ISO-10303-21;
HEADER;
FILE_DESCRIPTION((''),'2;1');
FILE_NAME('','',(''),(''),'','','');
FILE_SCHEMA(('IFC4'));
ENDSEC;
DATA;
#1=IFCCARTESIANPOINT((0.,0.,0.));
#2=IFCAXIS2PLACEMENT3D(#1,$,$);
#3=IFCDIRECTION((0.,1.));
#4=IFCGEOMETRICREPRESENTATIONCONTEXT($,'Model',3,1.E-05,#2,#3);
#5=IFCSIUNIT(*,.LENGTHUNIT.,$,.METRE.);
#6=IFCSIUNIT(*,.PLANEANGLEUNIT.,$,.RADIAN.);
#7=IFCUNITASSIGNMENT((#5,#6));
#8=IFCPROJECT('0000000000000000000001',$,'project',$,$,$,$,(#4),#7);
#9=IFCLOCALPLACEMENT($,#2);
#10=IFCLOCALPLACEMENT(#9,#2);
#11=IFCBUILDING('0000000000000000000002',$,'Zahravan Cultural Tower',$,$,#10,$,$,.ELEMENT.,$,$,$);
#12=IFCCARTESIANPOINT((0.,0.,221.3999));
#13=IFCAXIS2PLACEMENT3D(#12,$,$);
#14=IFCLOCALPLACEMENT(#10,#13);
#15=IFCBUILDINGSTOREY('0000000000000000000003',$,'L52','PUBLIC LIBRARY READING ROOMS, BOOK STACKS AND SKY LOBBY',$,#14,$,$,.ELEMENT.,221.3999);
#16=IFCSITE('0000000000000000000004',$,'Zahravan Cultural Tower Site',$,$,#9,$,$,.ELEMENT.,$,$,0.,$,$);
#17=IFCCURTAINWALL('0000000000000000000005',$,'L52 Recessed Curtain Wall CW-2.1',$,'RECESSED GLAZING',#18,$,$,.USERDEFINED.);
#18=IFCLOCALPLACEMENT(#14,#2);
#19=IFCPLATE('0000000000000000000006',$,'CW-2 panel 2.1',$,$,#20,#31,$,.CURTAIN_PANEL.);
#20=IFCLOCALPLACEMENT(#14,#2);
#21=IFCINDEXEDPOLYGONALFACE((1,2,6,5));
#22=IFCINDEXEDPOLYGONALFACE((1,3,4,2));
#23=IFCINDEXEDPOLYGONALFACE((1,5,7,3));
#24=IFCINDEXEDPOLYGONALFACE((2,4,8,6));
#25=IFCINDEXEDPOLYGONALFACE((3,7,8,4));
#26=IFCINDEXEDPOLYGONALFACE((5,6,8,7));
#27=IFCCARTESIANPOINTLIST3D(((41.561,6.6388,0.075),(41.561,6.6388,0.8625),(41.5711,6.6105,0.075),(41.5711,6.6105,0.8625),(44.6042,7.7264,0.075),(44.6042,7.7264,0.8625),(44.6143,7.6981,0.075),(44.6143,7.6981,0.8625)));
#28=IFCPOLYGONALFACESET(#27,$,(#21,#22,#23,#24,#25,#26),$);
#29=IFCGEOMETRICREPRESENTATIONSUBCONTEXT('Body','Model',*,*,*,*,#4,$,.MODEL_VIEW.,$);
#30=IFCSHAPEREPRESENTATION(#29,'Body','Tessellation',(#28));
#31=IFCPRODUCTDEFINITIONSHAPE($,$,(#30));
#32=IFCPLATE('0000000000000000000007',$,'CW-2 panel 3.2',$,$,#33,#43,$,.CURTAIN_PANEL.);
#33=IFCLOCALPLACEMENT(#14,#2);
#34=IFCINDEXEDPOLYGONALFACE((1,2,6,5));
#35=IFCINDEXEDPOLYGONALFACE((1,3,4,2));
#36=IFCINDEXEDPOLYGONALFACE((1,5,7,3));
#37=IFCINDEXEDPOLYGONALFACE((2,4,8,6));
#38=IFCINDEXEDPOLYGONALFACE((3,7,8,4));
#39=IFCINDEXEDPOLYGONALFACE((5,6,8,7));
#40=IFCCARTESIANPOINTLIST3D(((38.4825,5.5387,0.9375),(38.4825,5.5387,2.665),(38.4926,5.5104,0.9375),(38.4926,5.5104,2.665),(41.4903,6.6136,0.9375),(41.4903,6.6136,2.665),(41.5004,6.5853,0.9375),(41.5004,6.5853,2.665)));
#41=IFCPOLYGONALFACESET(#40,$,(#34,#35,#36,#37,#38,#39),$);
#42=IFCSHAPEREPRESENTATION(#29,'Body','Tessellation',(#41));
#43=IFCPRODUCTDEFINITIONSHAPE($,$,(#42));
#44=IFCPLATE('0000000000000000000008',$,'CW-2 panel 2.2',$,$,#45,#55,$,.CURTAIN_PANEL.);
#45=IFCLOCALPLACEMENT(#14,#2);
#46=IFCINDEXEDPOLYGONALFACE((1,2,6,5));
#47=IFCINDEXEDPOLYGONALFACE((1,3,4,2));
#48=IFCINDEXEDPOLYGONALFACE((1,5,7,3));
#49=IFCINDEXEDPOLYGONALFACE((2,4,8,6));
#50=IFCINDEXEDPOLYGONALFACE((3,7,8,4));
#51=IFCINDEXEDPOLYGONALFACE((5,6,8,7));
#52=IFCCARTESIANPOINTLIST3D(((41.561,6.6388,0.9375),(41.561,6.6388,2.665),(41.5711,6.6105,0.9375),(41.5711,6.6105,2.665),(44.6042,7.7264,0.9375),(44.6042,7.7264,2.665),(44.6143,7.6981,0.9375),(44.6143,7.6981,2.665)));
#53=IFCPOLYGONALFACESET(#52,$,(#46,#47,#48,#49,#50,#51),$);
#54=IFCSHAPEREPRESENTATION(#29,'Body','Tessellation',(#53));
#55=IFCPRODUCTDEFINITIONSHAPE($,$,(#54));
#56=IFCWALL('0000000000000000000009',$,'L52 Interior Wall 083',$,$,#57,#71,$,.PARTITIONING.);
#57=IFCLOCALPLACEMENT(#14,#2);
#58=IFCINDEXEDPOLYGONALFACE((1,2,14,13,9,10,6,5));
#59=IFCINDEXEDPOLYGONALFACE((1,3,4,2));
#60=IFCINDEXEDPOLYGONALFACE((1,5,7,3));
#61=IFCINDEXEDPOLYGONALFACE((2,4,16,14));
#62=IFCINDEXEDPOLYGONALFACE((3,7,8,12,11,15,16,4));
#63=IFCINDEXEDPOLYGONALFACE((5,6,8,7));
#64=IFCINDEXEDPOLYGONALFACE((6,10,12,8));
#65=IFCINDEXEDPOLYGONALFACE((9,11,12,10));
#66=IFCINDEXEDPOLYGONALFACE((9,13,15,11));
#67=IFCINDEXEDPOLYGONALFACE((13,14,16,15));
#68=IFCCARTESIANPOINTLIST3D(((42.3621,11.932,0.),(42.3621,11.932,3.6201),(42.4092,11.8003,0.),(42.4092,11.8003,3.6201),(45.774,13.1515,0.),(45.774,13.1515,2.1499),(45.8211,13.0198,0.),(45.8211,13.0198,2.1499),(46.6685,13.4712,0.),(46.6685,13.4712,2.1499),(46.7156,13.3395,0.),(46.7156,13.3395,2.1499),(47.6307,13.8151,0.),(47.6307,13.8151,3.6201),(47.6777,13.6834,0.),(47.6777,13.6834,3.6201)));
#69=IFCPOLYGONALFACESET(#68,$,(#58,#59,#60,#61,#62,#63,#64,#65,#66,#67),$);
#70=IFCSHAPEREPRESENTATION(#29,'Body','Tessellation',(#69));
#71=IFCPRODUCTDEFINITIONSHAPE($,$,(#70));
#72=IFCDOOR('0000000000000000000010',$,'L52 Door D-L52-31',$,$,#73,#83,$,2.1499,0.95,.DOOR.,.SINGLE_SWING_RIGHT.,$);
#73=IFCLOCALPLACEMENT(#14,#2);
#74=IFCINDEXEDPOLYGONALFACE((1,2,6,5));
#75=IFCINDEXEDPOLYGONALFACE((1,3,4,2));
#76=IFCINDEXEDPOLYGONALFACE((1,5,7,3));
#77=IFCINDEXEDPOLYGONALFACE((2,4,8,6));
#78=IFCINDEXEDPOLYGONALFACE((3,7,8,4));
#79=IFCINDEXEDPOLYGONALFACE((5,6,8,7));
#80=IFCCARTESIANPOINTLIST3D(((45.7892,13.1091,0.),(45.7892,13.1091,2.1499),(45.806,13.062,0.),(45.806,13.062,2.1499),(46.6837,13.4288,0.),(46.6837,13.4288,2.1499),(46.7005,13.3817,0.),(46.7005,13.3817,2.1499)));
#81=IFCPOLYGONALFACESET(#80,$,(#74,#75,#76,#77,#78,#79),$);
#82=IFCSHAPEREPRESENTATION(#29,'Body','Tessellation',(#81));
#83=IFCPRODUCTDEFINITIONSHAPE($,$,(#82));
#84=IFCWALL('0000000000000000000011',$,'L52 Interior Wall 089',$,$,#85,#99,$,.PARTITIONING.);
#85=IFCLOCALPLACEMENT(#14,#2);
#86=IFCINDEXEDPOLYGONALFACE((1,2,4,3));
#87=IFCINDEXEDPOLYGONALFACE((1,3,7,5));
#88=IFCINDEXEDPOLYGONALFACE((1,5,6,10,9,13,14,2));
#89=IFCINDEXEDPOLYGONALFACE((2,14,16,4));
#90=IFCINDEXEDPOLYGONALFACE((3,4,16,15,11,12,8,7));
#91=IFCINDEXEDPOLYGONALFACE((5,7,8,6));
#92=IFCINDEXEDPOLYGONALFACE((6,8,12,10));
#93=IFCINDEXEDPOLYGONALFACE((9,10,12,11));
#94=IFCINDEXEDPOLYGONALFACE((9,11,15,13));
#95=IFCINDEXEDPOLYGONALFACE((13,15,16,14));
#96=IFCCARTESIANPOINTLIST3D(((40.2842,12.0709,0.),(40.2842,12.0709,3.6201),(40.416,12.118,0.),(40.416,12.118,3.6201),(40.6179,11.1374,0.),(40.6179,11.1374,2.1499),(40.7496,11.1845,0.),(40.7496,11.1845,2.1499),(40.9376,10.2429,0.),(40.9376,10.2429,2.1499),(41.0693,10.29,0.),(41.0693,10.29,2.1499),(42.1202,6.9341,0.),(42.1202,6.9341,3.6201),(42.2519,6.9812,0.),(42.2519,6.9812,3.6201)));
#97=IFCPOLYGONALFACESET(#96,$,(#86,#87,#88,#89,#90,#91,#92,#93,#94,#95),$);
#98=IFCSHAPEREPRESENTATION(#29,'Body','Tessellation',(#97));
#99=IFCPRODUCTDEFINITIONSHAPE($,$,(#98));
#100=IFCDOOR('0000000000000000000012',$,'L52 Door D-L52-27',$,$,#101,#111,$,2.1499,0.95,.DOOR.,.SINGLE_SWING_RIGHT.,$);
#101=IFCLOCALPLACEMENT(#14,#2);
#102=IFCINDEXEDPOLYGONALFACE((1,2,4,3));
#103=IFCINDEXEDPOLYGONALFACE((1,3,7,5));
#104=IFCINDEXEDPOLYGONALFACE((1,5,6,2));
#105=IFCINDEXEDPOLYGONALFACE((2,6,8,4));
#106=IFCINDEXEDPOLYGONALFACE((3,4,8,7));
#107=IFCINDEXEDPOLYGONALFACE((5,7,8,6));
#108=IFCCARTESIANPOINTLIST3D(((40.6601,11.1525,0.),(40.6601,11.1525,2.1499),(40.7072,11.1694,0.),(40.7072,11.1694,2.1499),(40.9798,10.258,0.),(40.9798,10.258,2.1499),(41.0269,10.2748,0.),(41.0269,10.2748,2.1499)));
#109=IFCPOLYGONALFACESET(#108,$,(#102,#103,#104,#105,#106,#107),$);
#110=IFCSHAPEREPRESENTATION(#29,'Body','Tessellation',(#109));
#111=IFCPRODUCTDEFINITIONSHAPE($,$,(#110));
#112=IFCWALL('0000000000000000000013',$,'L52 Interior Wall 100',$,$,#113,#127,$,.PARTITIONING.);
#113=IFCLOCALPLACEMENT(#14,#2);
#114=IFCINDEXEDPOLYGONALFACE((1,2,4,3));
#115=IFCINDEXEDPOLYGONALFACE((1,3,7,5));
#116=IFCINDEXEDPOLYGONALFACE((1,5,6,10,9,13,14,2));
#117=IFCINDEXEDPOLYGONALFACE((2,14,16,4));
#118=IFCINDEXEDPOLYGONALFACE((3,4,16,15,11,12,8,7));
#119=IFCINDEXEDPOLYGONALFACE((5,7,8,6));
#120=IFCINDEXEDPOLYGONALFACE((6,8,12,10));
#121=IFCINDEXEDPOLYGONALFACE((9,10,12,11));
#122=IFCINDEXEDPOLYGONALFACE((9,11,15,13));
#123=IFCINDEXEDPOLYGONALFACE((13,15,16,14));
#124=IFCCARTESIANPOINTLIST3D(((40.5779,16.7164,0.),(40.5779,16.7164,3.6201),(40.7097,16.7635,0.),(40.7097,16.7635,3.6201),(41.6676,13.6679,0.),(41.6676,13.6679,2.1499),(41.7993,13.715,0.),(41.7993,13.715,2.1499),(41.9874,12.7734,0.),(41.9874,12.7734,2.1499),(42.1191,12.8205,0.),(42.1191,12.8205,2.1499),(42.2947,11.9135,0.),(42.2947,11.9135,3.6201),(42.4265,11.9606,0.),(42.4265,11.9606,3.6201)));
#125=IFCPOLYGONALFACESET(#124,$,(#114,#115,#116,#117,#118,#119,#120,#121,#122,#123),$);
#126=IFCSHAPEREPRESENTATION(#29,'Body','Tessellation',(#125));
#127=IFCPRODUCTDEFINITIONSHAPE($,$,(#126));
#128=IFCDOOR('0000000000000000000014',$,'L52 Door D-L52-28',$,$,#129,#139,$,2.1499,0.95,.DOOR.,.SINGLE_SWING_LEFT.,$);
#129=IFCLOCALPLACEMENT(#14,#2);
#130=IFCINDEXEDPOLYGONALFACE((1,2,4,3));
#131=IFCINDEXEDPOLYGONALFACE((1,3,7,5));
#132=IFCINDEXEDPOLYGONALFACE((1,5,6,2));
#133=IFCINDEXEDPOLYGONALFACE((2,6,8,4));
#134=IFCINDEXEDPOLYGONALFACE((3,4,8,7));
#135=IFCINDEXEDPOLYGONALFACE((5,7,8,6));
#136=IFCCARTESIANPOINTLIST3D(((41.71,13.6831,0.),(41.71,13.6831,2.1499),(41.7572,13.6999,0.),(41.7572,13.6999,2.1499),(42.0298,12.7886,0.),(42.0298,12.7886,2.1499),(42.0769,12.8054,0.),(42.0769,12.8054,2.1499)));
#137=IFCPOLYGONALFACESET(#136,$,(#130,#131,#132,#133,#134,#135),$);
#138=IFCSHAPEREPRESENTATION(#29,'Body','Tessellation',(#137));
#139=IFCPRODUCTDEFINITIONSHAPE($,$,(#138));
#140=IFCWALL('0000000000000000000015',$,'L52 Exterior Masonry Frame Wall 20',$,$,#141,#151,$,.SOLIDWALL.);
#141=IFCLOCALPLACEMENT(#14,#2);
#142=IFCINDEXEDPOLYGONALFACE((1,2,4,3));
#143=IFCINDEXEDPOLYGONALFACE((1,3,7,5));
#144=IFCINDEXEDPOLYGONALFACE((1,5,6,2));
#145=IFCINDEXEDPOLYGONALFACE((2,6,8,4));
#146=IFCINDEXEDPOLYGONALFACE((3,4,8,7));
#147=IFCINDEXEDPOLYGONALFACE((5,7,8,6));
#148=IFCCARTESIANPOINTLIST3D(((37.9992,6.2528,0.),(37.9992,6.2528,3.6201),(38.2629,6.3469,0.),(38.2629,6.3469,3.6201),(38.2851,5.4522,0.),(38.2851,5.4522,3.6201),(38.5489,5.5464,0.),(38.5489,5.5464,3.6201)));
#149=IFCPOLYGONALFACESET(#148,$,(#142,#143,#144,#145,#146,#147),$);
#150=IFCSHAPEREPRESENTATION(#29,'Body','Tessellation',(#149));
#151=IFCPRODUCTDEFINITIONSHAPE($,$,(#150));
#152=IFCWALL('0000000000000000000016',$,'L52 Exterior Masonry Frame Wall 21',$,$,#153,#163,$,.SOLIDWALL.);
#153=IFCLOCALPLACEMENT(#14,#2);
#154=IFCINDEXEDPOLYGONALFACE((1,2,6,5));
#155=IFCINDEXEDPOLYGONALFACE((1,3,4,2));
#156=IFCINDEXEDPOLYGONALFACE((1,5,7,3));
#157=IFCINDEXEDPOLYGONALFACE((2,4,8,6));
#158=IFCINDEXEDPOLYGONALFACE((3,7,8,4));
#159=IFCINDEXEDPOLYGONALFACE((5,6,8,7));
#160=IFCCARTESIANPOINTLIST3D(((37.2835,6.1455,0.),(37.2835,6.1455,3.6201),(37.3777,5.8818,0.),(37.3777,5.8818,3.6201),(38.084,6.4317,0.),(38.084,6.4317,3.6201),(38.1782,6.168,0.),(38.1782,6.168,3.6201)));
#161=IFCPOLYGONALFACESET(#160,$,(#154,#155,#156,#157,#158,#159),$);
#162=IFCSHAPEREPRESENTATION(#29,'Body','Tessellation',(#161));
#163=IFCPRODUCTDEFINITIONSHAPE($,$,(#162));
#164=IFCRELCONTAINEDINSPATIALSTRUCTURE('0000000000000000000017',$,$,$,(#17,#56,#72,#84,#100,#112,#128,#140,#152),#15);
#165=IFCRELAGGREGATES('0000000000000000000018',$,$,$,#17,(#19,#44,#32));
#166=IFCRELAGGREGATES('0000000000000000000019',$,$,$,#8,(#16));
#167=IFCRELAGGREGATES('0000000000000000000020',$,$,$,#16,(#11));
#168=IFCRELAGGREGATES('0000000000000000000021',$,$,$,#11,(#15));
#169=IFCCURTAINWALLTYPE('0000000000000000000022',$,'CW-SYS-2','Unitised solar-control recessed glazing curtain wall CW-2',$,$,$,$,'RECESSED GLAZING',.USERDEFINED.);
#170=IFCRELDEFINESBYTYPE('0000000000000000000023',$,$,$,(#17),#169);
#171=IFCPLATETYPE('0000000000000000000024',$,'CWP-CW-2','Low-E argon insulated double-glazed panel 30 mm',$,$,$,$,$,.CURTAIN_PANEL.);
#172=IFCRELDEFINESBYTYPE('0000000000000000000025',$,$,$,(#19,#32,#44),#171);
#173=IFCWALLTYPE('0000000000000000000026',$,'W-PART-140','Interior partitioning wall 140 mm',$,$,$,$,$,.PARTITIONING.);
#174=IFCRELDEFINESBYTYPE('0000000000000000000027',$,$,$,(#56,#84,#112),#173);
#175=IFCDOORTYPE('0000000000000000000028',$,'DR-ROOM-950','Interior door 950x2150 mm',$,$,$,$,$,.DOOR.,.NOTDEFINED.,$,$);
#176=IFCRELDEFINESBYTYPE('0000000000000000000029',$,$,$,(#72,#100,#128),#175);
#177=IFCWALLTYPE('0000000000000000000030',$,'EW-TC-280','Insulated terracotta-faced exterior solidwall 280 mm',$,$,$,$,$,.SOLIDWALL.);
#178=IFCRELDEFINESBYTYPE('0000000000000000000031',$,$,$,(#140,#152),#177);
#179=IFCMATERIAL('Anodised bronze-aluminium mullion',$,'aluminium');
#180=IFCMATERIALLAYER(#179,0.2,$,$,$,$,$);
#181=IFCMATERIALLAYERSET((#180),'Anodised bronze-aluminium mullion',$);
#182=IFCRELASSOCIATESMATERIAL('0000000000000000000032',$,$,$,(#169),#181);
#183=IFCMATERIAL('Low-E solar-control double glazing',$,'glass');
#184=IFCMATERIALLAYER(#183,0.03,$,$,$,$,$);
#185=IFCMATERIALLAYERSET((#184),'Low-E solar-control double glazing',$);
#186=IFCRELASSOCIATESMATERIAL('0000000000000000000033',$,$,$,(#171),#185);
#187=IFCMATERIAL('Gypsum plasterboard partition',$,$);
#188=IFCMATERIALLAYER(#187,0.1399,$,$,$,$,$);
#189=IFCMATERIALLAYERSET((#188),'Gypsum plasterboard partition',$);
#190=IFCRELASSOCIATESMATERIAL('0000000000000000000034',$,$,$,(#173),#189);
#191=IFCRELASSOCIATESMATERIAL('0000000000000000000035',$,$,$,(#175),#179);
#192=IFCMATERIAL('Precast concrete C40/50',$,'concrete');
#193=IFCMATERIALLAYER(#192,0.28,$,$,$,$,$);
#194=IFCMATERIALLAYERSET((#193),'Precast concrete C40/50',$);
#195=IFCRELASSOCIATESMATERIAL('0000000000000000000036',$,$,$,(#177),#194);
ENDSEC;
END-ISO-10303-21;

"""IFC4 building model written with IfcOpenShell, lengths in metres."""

from ifc_helpers import new_model, si_unit, direction, frame, frame_2d, origin, origin_2d, place, context, subcontext, project, spatial, rectangle, extrude, source, transform, mapped, material, layer, layer_set, type_object, element, fill, aggregate, save


model = new_model("IFC4")

# Units and contexts
model_context = context("Model", 3, precision=1e-05, world=origin(), true_north=direction((0.0, 1.0)))
body_context = subcontext(model_context, "Body", "Model", "MODEL_VIEW")
ifc_project = project(units=[si_unit("LENGTHUNIT", "METRE"), si_unit("PLANEANGLEUNIT", "RADIAN")], contexts=[model_context])

# Site, building, storey
site_placement = place(None, origin())
site = spatial("IfcSite", under=ifc_project, at=site_placement, Name="Zahravan Cultural Tower Site", CompositionType="ELEMENT", RefElevation=0.0)
building_placement = place(site_placement, origin())
building = spatial("IfcBuilding", under=site, at=building_placement, Name="Zahravan Cultural Tower", CompositionType="ELEMENT")
storey_placement = place(building_placement, frame((0.0, 0.0, 221.3999)))
storey = spatial("IfcBuildingStorey", under=building, at=storey_placement, Name="L52", Description="PUBLIC LIBRARY READING ROOMS, BOOK STACKS AND SKY LOBBY", CompositionType="ELEMENT", Elevation=221.3999)

# Curtain wall, plates
ifc_material_1 = material(Name="Anodised bronze-aluminium mullion", Category="aluminium")
ifc_layer_1 = layer(ifc_material_1, 0.2)
ifc_layer_set_1 = layer_set([ifc_layer_1], Name="Anodised bronze-aluminium mullion")
curtain_wall_type = type_object("IfcCurtainWallType", Name="CW-SYS-2", Description="Unitised solar-control recessed glazing curtain wall CW-2", ElementType="RECESSED GLAZING", PredefinedType="USERDEFINED", material=ifc_layer_set_1)
curtain_wall_placement = place(storey_placement, origin())
curtain_wall = element("IfcCurtainWall", 1, at=curtain_wall_placement, inside=storey, type_object=curtain_wall_type, Name="L52 Recessed Curtain Wall CW-2.1", ObjectType="RECESSED GLAZING", PredefinedType="USERDEFINED")
ifc_material_2 = material(Name="Low-E solar-control double glazing", Category="glass")
ifc_layer_2 = layer(ifc_material_2, 0.03)
ifc_layer_set_2 = layer_set([ifc_layer_2], Name="Low-E solar-control double glazing")
plate_type = type_object("IfcPlateType", Name="CWP-CW-2", Description="Low-E argon insulated double-glazed panel 30 mm", PredefinedType="CURTAIN_PANEL", material=ifc_layer_set_2)
shared_shape_1 = source(origin(), body_context, "Body", "SweptSolid", [
    extrude(rectangle(XDim=3.2317, YDim=0.03, at=origin_2d()), origin(), (0.0, 0.0, 1.0), 0.7876),
])
plate_1_placement = place(storey_placement, frame((43.0876, 7.1685, 0.075), z_axis=(0.0, 0.0, 1.0), x_axis=(-0.941669, -0.336541, 0.0)))
plate_1 = element("IfcPlate", 2, at=plate_1_placement, type_object=plate_type, Name="CW-2 panel 2.1", PredefinedType="CURTAIN_PANEL", context=body_context, shape_type="MappedRepresentation", body=[
    mapped(shared_shape_1, transform((0.0, 0.0, 0.0), x_axis=(1.0, 0.0, 0.0), y_axis=(0.0, 1.0, 0.0), z_axis=(0.0, 0.0, 1.0), scale=1.0)),
])
shared_shape_2 = source(origin(), body_context, "Body", "SweptSolid", [
    extrude(rectangle(XDim=3.1941, YDim=0.03, at=origin_2d()), origin(), (0.0, 0.0, 1.0), 1.7275),
])
plate_2_placement = place(storey_placement, frame((39.9915, 6.062, 0.9375), z_axis=(0.0, 0.0, 1.0), x_axis=(-0.941669, -0.336541, 0.0)))
plate_2 = element("IfcPlate", 3, at=plate_2_placement, type_object=plate_type, Name="CW-2 panel 3.2", PredefinedType="CURTAIN_PANEL", context=body_context, shape_type="MappedRepresentation", body=[
    mapped(shared_shape_2, transform((0.0, 0.0, 0.0), x_axis=(1.0, 0.0, 0.0), y_axis=(0.0, 1.0, 0.0), z_axis=(0.0, 0.0, 1.0), scale=1.0)),
])
shared_shape_3 = source(origin(), body_context, "Body", "SweptSolid", [
    extrude(rectangle(XDim=3.2317, YDim=0.03, at=origin_2d()), origin(), (0.0, 0.0, 1.0), 1.7275),
])
plate_3_placement = place(storey_placement, frame((43.0876, 7.1685, 0.9375), z_axis=(0.0, 0.0, 1.0), x_axis=(-0.941669, -0.336541, 0.0)))
plate_3 = element("IfcPlate", 4, at=plate_3_placement, type_object=plate_type, Name="CW-2 panel 2.2", PredefinedType="CURTAIN_PANEL", context=body_context, shape_type="MappedRepresentation", body=[
    mapped(shared_shape_3, transform((0.0, 0.0, 0.0), x_axis=(1.0, 0.0, 0.0), y_axis=(0.0, 1.0, 0.0), z_axis=(0.0, 0.0, 1.0), scale=1.0)),
])
aggregate(curtain_wall, [plate_1, plate_3, plate_2])

# Walls, openings, doors
ifc_material_3 = material(Name="Gypsum plasterboard partition")
ifc_layer_3 = layer(ifc_material_3, 0.1399)
ifc_layer_set_3 = layer_set([ifc_layer_3], Name="Gypsum plasterboard partition")
wall_type_1 = type_object("IfcWallType", Name="W-PART-140", Description="Interior partitioning wall 140 mm", PredefinedType="PARTITIONING", material=ifc_layer_set_3)
wall_1_placement = place(storey_placement, frame((42.3857, 11.8662, 0.0), z_axis=(0.0, 0.0, 1.0), x_axis=(0.941661, 0.336563, 0.0)))
wall_1 = element("IfcWall", 5, at=wall_1_placement, inside=storey, type_object=wall_type_1, Name="L52 Interior Wall 083", PredefinedType="PARTITIONING", context=body_context, shape_type="SweptSolid", body=[
    extrude(rectangle(XDim=5.595, YDim=0.1399, at=frame_2d((2.7974, 0.0))), origin(), (0.0, 0.0, 1.0), 3.6201),
])
opening_1_placement = place(wall_1_placement, frame((3.623, 0.0, 0.0)))
opening_1 = element("IfcOpeningElement", 6, at=opening_1_placement, cuts=wall_1, PredefinedType="OPENING", context=body_context, shape_type="SweptSolid", body=[
    extrude(rectangle(XDim=0.95, YDim=2.1499, at=frame_2d((0.4751, 1.075))), frame((0.0, 0.0798, 0.0), z_axis=(0.0, -1.0, 0.0), x_axis=(1.0, 0.0, 0.0)), (0.0, 0.0, 1.0), 0.1599),
])
door_type = type_object("IfcDoorType", Name="DR-ROOM-950", Description="Interior door 950x2150 mm", OperationType="NOTDEFINED", PredefinedType="DOOR", material=ifc_material_1)
shared_shape_4 = source(origin(), body_context, "Body", "SweptSolid", [
    extrude(rectangle(XDim=0.95, YDim=2.1499, at=frame_2d((0.4751, 1.075))), frame((0.0, 0.0249, 0.0), z_axis=(0.0, -1.0, 0.0), x_axis=(1.0, 0.0, 0.0)), (0.0, 0.0, 1.0), 0.05),
])
door_1_placement = place(opening_1_placement, origin())
door_1 = element("IfcDoor", 7, at=door_1_placement, inside=storey, type_object=door_type, Name="L52 Door D-L52-31", OperationType="SINGLE_SWING_RIGHT", OverallHeight=2.1499, OverallWidth=0.95, PredefinedType="DOOR", context=body_context, shape_type="MappedRepresentation", body=[
    mapped(shared_shape_4, transform((0.0, 0.0, 0.0), x_axis=(1.0, 0.0, 0.0), y_axis=(0.0, 1.0, 0.0), z_axis=(0.0, 0.0, 1.0), scale=1.0)),
])
fill(opening_1, door_1)
wall_2_placement = place(storey_placement, frame((40.3501, 12.0945, 0.0), z_axis=(0.0, 0.0, 1.0), x_axis=(0.336563, -0.941661, 0.0)))
wall_2 = element("IfcWall", 8, at=wall_2_placement, inside=storey, type_object=wall_type_1, Name="L52 Interior Wall 089", PredefinedType="PARTITIONING", context=body_context, shape_type="SweptSolid", body=[
    extrude(rectangle(XDim=5.4551, YDim=0.1399, at=frame_2d((2.7275, 0.0))), origin(), (0.0, 0.0, 1.0), 3.6201),
])
opening_2_placement = place(wall_2_placement, frame((0.9912, 0.0, 0.0)))
opening_2 = element("IfcOpeningElement", 9, at=opening_2_placement, cuts=wall_2, PredefinedType="OPENING", context=body_context, shape_type="SweptSolid", body=[
    extrude(rectangle(XDim=0.95, YDim=2.1499, at=frame_2d((0.4751, 1.075))), frame((0.0, 0.0798, 0.0), z_axis=(0.0, -1.0, 0.0), x_axis=(1.0, 0.0, 0.0)), (0.0, 0.0, 1.0), 0.1599),
])
door_2_placement = place(opening_2_placement, origin())
door_2 = element("IfcDoor", 10, at=door_2_placement, inside=storey, type_object=door_type, Name="L52 Door D-L52-27", OperationType="SINGLE_SWING_RIGHT", OverallHeight=2.1499, OverallWidth=0.95, PredefinedType="DOOR", context=body_context, shape_type="MappedRepresentation", body=[
    mapped(shared_shape_4, transform((0.0, 0.0, 0.0), x_axis=(1.0, 0.0, 0.0), y_axis=(0.0, 1.0, 0.0), z_axis=(0.0, 0.0, 1.0), scale=1.0)),
])
fill(opening_2, door_2)
wall_3_placement = place(storey_placement, frame((42.3606, 11.937, 0.0), z_axis=(0.0, 0.0, 1.0), x_axis=(-0.336588, 0.941652, 0.0)))
wall_3 = element("IfcWall", 11, at=wall_3_placement, inside=storey, type_object=wall_type_1, Name="L52 Interior Wall 100", PredefinedType="PARTITIONING", context=body_context, shape_type="SweptSolid", body=[
    extrude(rectangle(XDim=5.1006, YDim=0.1399, at=frame_2d((2.5503, 0.0))), origin(), (0.0, 0.0, 1.0), 3.6201),
])
opening_3_placement = place(wall_3_placement, frame((0.9131, 0.0, 0.0)))
opening_3 = element("IfcOpeningElement", 12, at=opening_3_placement, cuts=wall_3, PredefinedType="OPENING", context=body_context, shape_type="SweptSolid", body=[
    extrude(rectangle(XDim=0.95, YDim=2.1499, at=frame_2d((0.4751, 1.075))), frame((0.0, 0.0798, 0.0), z_axis=(0.0, -1.0, 0.0), x_axis=(1.0, 0.0, 0.0)), (0.0, 0.0, 1.0), 0.1599),
])
door_3_placement = place(opening_3_placement, origin())
door_3 = element("IfcDoor", 13, at=door_3_placement, inside=storey, type_object=door_type, Name="L52 Door D-L52-28", OperationType="SINGLE_SWING_LEFT", OverallHeight=2.1499, OverallWidth=0.95, PredefinedType="DOOR", context=body_context, shape_type="MappedRepresentation", body=[
    mapped(shared_shape_4, transform((0.0, 0.0, 0.0), x_axis=(1.0, 0.0, 0.0), y_axis=(0.0, 1.0, 0.0), z_axis=(0.0, 0.0, 1.0), scale=1.0)),
])
fill(opening_3, door_3)

# Walls
ifc_material_4 = material(Name="Precast concrete C40/50", Category="concrete")
ifc_layer_4 = layer(ifc_material_4, 0.28)
ifc_layer_set_4 = layer_set([ifc_layer_4], Name="Precast concrete C40/50")
wall_type_2 = type_object("IfcWallType", Name="EW-TC-280", Description="Insulated terracotta-faced exterior solidwall 280 mm", PredefinedType="SOLIDWALL", material=ifc_layer_set_4)
shared_shape_5 = source(origin(), body_context, "Body", "SweptSolid", [
    extrude(rectangle(XDim=0.8501, YDim=0.28, at=frame_2d((0.425, 0.0))), origin(), (0.0, 0.0, 1.0), 3.6201),
])
for number, where, z_axis, x_axis, name in (
    (14, (38.417, 5.4993, 0.0), (0.0, 0.0, 1.0), (-0.336318, 0.941748, 0.0), "L52 Exterior Masonry Frame Wall 20"),
    (15, (38.1311, 6.2998, 0.0), (0.0, 0.0, 1.0), (-0.941657, -0.336573, 0.0), "L52 Exterior Masonry Frame Wall 21"),
):
    element("IfcWall", number, at=place(storey_placement, frame(where, z_axis=z_axis, x_axis=x_axis)), inside=storey, type_object=wall_type_2, Name=name, PredefinedType="SOLIDWALL", context=body_context, shape_type="MappedRepresentation", body=[
        mapped(shared_shape_5, transform((0.0, 0.0, 0.0), x_axis=(1.0, 0.0, 0.0), y_axis=(0.0, 1.0, 0.0), z_axis=(0.0, 0.0, 1.0), scale=1.0)),
    ])

save(model, "model.ifc")
